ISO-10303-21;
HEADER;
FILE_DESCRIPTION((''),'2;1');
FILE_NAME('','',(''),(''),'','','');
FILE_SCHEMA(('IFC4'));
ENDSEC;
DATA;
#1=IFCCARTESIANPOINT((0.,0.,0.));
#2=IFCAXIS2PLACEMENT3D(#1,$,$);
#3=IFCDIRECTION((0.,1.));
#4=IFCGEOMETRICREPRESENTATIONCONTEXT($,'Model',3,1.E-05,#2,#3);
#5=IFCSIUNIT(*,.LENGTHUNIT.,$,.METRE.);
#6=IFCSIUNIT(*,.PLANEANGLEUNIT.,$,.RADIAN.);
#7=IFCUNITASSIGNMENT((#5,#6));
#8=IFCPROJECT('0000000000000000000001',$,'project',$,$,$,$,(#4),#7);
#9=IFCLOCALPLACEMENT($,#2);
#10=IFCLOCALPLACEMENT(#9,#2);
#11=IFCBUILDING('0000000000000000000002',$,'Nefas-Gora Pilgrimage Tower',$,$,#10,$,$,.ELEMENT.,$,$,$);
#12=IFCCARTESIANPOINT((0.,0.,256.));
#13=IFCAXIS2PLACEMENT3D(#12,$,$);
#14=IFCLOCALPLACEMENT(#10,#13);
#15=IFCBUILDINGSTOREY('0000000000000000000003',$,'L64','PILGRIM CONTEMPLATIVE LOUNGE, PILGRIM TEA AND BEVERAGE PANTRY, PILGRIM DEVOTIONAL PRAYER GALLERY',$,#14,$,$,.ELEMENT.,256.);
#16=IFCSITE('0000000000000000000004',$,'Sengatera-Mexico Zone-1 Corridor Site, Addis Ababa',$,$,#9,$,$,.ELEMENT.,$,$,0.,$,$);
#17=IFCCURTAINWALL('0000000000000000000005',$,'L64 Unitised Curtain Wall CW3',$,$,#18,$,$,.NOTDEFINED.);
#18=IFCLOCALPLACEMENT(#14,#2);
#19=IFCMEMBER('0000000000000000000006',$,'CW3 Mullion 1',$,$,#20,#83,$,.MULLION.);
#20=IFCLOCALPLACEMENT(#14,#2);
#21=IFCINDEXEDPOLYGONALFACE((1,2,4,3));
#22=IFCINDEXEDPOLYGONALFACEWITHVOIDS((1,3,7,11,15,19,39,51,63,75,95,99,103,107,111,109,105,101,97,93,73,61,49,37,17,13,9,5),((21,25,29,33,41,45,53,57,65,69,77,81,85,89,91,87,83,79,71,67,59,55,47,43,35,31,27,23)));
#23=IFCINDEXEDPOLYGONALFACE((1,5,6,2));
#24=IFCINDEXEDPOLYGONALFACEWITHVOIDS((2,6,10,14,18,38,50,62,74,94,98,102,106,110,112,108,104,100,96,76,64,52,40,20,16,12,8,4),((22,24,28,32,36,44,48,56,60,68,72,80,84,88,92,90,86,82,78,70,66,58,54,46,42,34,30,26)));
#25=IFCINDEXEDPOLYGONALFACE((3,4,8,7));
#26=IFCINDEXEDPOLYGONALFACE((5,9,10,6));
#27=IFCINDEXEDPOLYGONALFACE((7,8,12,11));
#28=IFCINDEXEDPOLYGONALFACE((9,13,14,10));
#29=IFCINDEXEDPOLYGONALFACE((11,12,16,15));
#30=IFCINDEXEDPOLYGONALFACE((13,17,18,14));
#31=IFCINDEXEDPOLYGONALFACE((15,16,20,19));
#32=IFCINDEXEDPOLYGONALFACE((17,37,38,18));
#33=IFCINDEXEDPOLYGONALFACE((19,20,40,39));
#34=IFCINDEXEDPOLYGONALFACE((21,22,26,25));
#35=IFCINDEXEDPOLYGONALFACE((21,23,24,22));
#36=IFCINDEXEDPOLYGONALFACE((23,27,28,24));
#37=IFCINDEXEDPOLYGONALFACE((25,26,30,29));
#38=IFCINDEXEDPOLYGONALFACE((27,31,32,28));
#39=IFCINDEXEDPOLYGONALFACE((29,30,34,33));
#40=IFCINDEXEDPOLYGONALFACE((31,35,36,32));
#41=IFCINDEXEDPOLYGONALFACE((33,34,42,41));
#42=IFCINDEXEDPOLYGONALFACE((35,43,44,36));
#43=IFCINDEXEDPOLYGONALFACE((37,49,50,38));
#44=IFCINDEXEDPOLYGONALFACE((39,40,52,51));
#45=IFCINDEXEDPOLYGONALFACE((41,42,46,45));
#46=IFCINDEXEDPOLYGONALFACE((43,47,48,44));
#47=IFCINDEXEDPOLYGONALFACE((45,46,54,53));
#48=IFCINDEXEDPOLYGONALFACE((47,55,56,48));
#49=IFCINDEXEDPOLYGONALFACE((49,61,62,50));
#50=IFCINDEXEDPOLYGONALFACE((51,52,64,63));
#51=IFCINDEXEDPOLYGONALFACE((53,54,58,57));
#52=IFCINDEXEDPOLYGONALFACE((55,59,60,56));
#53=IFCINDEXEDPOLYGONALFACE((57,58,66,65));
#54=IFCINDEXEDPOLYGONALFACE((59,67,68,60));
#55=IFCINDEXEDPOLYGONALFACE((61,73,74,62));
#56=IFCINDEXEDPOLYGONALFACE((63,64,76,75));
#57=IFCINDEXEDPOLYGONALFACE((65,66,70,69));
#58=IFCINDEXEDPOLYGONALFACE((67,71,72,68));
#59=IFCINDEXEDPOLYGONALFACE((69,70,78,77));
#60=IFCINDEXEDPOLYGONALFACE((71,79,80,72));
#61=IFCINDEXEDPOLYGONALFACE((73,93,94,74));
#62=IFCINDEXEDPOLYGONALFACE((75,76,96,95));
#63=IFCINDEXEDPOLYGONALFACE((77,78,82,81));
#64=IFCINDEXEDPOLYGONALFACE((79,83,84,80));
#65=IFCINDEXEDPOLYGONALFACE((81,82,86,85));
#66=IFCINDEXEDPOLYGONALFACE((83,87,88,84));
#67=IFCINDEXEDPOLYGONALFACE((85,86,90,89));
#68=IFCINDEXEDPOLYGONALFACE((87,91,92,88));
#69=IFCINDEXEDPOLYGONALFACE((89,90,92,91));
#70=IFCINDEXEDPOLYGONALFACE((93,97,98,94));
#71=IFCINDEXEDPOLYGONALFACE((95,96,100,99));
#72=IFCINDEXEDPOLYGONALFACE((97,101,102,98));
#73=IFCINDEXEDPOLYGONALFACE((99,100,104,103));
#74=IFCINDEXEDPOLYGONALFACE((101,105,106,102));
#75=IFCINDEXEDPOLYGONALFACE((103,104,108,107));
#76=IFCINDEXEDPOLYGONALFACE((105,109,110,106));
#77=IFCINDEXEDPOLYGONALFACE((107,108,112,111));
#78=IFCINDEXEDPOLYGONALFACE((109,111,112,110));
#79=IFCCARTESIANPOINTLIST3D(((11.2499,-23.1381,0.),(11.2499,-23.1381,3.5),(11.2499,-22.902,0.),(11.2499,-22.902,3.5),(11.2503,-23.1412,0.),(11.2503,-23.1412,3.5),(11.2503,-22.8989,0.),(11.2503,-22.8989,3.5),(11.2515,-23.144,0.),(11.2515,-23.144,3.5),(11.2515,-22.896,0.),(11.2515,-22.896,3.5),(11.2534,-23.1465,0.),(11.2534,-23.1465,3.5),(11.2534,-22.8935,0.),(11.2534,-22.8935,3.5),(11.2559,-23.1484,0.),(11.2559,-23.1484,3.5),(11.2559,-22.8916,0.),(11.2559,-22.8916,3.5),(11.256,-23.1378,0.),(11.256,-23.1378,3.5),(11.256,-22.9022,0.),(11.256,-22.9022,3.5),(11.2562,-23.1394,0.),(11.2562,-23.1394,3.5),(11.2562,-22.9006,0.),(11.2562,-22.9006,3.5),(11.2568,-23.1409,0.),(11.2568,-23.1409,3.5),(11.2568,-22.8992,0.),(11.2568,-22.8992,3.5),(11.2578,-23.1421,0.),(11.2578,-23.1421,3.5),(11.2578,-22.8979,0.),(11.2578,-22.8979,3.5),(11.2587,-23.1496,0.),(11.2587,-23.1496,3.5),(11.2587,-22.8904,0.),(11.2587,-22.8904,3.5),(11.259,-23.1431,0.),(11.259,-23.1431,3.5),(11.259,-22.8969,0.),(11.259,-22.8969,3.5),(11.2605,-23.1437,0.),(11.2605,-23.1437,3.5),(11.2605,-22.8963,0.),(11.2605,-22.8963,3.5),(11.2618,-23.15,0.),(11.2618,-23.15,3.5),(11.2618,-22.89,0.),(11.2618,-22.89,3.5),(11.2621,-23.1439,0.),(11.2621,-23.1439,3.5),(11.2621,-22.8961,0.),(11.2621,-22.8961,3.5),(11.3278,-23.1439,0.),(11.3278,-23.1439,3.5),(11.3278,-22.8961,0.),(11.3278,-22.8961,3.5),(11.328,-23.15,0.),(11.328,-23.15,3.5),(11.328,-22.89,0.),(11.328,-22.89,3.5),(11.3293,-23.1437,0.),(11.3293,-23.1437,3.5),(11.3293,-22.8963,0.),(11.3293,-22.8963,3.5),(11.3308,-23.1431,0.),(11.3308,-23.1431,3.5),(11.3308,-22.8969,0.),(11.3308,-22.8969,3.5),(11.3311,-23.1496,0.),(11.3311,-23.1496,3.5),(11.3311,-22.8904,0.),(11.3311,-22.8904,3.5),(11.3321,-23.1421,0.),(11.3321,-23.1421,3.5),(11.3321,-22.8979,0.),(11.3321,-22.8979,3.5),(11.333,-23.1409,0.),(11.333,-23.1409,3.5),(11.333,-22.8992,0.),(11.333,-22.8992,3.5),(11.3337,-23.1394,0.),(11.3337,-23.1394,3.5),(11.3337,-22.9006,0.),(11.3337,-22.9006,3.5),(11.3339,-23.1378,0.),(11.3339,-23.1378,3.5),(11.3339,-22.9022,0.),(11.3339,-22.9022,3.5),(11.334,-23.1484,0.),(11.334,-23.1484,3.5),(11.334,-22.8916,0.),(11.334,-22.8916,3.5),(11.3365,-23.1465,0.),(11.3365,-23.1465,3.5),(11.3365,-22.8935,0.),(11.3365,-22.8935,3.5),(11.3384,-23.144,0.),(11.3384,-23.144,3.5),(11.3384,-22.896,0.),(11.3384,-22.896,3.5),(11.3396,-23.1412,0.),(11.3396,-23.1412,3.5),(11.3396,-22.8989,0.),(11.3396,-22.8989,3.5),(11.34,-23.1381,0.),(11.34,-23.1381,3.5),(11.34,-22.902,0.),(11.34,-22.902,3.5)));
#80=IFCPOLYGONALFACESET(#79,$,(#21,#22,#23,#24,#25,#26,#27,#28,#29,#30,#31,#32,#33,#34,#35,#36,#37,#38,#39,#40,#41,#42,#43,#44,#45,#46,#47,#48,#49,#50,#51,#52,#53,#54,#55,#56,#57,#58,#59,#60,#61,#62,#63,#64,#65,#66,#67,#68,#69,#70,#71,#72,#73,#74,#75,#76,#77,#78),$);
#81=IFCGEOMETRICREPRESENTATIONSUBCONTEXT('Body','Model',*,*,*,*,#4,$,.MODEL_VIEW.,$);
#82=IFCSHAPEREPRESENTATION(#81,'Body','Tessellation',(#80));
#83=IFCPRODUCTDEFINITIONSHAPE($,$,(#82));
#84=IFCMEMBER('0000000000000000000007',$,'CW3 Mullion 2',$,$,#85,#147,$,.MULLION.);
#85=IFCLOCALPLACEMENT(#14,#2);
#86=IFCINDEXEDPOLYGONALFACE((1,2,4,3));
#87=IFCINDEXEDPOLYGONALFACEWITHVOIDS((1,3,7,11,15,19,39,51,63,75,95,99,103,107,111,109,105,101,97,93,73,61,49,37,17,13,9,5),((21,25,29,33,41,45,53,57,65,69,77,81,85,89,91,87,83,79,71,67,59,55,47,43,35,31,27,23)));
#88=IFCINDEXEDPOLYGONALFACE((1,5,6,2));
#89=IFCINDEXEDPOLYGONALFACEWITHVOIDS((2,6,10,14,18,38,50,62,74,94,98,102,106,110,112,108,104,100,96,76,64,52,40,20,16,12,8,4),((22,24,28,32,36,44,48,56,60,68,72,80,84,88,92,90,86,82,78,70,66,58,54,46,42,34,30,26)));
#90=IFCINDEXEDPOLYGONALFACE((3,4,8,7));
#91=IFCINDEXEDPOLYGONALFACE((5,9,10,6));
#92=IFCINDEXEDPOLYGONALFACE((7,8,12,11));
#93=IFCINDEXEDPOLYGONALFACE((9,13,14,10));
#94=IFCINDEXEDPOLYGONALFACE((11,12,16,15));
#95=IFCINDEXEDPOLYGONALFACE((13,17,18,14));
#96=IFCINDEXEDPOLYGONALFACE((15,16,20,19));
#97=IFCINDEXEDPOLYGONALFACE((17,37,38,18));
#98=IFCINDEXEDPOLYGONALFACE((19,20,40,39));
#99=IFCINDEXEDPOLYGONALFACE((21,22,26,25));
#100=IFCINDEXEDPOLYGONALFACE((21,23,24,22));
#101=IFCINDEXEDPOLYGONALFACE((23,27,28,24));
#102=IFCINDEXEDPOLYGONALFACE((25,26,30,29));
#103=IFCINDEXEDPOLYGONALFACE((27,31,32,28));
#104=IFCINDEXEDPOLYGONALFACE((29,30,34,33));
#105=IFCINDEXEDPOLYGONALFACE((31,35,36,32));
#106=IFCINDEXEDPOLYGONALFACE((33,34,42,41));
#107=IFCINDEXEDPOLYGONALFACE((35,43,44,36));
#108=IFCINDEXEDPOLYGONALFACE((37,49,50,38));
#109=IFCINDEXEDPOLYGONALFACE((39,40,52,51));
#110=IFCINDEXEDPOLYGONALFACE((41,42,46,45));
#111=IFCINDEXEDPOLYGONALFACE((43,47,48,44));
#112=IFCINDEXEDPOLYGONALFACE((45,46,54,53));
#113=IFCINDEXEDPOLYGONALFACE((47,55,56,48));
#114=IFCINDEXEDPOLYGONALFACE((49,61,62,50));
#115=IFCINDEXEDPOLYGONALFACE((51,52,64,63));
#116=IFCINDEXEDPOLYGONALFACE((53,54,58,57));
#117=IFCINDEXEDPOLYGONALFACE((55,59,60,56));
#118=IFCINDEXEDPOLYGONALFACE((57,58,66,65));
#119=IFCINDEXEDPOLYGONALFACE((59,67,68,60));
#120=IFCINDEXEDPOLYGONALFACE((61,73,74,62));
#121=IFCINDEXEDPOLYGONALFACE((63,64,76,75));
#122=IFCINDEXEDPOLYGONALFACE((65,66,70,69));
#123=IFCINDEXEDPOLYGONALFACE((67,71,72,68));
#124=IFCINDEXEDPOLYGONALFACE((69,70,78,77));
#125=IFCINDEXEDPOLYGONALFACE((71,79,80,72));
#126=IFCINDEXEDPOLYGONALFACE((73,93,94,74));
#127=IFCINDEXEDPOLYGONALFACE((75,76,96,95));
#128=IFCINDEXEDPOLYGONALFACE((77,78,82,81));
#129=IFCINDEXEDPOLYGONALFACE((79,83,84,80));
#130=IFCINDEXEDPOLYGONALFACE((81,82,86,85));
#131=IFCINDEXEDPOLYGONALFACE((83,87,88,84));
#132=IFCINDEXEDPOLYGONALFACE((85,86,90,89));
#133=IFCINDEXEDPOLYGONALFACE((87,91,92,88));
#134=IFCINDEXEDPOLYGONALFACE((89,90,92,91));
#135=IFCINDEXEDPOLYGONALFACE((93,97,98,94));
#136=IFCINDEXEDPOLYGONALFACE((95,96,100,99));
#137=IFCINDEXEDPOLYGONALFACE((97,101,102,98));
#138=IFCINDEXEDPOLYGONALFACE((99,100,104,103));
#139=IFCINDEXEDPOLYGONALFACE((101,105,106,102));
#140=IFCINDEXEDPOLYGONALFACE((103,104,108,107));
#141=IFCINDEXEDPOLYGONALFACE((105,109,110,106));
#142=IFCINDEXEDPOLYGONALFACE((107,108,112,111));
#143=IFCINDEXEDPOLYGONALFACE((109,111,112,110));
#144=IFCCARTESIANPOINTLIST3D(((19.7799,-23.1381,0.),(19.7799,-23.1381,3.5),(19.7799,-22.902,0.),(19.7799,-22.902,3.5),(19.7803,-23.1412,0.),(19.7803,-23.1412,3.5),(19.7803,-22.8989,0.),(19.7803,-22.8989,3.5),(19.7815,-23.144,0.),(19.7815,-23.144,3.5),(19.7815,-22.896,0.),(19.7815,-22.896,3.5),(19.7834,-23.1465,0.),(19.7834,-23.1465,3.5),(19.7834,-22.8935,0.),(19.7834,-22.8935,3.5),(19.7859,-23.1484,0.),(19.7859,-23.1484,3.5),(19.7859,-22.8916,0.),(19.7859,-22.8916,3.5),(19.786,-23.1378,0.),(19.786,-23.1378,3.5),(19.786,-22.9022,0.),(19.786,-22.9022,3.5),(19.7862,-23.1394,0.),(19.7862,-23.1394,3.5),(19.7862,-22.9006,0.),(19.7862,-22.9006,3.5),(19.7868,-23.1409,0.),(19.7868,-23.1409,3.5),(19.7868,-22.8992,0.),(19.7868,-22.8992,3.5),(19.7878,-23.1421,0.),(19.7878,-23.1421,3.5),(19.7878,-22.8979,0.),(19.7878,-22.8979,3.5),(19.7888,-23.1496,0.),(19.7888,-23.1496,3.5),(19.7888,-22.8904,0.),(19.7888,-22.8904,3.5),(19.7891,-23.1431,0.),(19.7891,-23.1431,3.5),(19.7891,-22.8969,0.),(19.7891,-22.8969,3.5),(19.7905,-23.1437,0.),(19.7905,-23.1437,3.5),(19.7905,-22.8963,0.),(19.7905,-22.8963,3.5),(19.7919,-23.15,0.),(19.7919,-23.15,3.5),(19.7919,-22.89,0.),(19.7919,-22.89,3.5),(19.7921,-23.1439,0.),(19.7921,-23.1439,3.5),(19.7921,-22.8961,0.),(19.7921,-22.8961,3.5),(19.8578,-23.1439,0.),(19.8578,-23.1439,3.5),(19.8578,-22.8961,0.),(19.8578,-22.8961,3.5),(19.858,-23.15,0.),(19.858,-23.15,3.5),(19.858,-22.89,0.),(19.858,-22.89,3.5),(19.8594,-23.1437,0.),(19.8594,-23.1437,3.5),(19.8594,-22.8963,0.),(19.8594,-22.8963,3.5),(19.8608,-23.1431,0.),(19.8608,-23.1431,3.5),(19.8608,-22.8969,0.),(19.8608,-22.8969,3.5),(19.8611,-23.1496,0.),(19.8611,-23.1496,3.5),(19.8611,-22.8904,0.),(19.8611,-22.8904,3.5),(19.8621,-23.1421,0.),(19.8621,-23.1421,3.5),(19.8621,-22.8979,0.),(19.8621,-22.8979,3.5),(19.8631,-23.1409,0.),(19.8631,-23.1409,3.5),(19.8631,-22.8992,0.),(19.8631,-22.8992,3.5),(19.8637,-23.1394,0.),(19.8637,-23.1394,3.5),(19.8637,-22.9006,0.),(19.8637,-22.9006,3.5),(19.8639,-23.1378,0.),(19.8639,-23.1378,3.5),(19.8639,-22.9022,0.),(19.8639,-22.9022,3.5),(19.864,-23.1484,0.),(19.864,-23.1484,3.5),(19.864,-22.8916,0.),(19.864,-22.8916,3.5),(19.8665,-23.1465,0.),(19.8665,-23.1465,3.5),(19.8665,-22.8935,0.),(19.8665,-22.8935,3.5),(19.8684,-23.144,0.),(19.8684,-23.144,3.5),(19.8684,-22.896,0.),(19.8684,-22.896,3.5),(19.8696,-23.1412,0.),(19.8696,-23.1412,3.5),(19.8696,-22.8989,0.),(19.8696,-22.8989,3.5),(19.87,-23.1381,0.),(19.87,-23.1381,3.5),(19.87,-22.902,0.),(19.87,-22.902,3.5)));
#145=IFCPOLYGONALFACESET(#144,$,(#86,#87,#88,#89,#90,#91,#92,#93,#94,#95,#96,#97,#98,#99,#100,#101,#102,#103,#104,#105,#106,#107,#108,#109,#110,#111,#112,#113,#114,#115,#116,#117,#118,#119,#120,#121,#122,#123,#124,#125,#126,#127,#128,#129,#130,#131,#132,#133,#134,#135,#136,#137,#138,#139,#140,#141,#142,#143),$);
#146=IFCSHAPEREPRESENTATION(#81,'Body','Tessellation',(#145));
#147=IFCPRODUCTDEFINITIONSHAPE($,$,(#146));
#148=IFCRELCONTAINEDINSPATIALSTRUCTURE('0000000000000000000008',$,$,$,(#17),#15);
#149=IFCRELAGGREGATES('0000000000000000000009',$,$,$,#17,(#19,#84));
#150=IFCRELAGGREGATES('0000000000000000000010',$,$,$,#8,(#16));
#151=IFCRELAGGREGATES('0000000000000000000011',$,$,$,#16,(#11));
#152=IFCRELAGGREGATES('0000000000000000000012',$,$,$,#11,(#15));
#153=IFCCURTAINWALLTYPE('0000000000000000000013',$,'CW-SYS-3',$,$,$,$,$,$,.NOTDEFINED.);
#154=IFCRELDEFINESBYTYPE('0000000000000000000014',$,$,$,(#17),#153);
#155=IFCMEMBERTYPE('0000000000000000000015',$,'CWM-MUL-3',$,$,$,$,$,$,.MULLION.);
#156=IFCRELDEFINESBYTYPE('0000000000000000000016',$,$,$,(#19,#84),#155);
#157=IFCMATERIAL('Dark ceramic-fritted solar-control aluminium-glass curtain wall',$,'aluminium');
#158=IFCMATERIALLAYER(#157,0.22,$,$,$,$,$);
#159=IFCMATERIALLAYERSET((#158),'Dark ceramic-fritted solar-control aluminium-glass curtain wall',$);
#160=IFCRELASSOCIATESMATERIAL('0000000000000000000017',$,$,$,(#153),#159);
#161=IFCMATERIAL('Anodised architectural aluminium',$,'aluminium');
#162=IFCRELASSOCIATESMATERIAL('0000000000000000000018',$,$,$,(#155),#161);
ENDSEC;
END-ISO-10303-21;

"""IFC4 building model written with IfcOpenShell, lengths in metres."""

from ifc_helpers import new_model, si_unit, direction, frame, origin, origin_2d, place, context, subcontext, project, spatial, hollow_rectangle, extrude, source, transform, mapped, material, layer, layer_set, material_profile, profile_set, type_object, element, aggregate, save


model = new_model("IFC4")

# Units and contexts
model_context = context("Model", 3, precision=1e-05, world=origin(), true_north=direction((0.0, 1.0)))
body_context = subcontext(model_context, "Body", "Model", "MODEL_VIEW")
ifc_project = project(units=[si_unit("LENGTHUNIT", "METRE"), si_unit("PLANEANGLEUNIT", "RADIAN")], contexts=[model_context])

# Site, building, storey
site_placement = place(None, origin())
site = spatial("IfcSite", under=ifc_project, at=site_placement, Name="Sengatera-Mexico Zone-1 Corridor Site, Addis Ababa", CompositionType="ELEMENT", RefElevation=0.0)
building_placement = place(site_placement, origin())
building = spatial("IfcBuilding", under=site, at=building_placement, Name="Nefas-Gora Pilgrimage Tower", CompositionType="ELEMENT")
storey_placement = place(building_placement, frame((0.0, 0.0, 256.0)))
storey = spatial("IfcBuildingStorey", under=building, at=storey_placement, Name="L64", Description="PILGRIM CONTEMPLATIVE LOUNGE, PILGRIM TEA AND BEVERAGE PANTRY, PILGRIM DEVOTIONAL PRAYER GALLERY", CompositionType="ELEMENT", Elevation=256.0)

# Curtain wall
ifc_material_1 = material(Name="Dark ceramic-fritted solar-control aluminium-glass curtain wall", Category="aluminium")
ifc_layer_1 = layer(ifc_material_1, 0.22)
ifc_layer_set_1 = layer_set([ifc_layer_1], Name="Dark ceramic-fritted solar-control aluminium-glass curtain wall")
curtain_wall_type = type_object("IfcCurtainWallType", Name="CW-SYS-3", PredefinedType="NOTDEFINED", material=ifc_layer_set_1)
curtain_wall_1_placement = place(storey_placement, origin())
curtain_wall_1 = element("IfcCurtainWall", 1, at=curtain_wall_1_placement, inside=storey, type_object=curtain_wall_type, Name="L64 Unitised Curtain Wall CW3", PredefinedType="NOTDEFINED")
ifc_material_2 = material(Name="Anodised architectural aluminium", Category="aluminium")

# Members
ifc_material_profile_1 = material_profile(ifc_material_2, hollow_rectangle(XDim=0.0901, YDim=0.26, WallThickness=0.0061, InnerFilletRadius=0.0061, OuterFilletRadius=0.012, at=origin_2d()), Name="ALU MULLION 90x260")
ifc_profile_set_1 = profile_set([ifc_material_profile_1], Name="Anodised architectural aluminium")
member_type_1 = type_object("IfcMemberType", Name="CWM-MUL-3", PredefinedType="MULLION", material=ifc_profile_set_1)
shared_shape_1 = source(origin(), body_context, "Body", "SweptSolid", [
    extrude(hollow_rectangle(XDim=0.0901, YDim=0.26, WallThickness=0.0061, InnerFilletRadius=0.0061, OuterFilletRadius=0.012, at=origin_2d()), origin(), (0.0, 0.0, 1.0), 3.5),
])
member_1_placement = place(storey_placement, frame((11.2949, -23.02, 0.0), z_axis=(0.0, 0.0, 1.0), x_axis=(1.0, 0.0, 0.0)))
member_1 = element("IfcMember", 2, at=member_1_placement, type_object=member_type_1, Name="CW3 Mullion 1", PredefinedType="MULLION", context=body_context, shape_type="MappedRepresentation", body=[
    mapped(shared_shape_1, transform((0.0, 0.0, 0.0), x_axis=(1.0, 0.0, 0.0), y_axis=(0.0, 1.0, 0.0), z_axis=(0.0, 0.0, 1.0), scale=1.0)),
])
member_2_placement = place(storey_placement, frame((19.825, -23.02, 0.0), z_axis=(0.0, 0.0, 1.0), x_axis=(1.0, 0.0, 0.0)))
member_2 = element("IfcMember", 3, at=member_2_placement, type_object=member_type_1, Name="CW3 Mullion 2", PredefinedType="MULLION", context=body_context, shape_type="MappedRepresentation", body=[
    mapped(shared_shape_1, transform((0.0, 0.0, 0.0), x_axis=(1.0, 0.0, 0.0), y_axis=(0.0, 1.0, 0.0), z_axis=(0.0, 0.0, 1.0), scale=1.0)),
])

aggregate(curtain_wall_1, [member_1, member_2])

save(model, "model.ifc")
